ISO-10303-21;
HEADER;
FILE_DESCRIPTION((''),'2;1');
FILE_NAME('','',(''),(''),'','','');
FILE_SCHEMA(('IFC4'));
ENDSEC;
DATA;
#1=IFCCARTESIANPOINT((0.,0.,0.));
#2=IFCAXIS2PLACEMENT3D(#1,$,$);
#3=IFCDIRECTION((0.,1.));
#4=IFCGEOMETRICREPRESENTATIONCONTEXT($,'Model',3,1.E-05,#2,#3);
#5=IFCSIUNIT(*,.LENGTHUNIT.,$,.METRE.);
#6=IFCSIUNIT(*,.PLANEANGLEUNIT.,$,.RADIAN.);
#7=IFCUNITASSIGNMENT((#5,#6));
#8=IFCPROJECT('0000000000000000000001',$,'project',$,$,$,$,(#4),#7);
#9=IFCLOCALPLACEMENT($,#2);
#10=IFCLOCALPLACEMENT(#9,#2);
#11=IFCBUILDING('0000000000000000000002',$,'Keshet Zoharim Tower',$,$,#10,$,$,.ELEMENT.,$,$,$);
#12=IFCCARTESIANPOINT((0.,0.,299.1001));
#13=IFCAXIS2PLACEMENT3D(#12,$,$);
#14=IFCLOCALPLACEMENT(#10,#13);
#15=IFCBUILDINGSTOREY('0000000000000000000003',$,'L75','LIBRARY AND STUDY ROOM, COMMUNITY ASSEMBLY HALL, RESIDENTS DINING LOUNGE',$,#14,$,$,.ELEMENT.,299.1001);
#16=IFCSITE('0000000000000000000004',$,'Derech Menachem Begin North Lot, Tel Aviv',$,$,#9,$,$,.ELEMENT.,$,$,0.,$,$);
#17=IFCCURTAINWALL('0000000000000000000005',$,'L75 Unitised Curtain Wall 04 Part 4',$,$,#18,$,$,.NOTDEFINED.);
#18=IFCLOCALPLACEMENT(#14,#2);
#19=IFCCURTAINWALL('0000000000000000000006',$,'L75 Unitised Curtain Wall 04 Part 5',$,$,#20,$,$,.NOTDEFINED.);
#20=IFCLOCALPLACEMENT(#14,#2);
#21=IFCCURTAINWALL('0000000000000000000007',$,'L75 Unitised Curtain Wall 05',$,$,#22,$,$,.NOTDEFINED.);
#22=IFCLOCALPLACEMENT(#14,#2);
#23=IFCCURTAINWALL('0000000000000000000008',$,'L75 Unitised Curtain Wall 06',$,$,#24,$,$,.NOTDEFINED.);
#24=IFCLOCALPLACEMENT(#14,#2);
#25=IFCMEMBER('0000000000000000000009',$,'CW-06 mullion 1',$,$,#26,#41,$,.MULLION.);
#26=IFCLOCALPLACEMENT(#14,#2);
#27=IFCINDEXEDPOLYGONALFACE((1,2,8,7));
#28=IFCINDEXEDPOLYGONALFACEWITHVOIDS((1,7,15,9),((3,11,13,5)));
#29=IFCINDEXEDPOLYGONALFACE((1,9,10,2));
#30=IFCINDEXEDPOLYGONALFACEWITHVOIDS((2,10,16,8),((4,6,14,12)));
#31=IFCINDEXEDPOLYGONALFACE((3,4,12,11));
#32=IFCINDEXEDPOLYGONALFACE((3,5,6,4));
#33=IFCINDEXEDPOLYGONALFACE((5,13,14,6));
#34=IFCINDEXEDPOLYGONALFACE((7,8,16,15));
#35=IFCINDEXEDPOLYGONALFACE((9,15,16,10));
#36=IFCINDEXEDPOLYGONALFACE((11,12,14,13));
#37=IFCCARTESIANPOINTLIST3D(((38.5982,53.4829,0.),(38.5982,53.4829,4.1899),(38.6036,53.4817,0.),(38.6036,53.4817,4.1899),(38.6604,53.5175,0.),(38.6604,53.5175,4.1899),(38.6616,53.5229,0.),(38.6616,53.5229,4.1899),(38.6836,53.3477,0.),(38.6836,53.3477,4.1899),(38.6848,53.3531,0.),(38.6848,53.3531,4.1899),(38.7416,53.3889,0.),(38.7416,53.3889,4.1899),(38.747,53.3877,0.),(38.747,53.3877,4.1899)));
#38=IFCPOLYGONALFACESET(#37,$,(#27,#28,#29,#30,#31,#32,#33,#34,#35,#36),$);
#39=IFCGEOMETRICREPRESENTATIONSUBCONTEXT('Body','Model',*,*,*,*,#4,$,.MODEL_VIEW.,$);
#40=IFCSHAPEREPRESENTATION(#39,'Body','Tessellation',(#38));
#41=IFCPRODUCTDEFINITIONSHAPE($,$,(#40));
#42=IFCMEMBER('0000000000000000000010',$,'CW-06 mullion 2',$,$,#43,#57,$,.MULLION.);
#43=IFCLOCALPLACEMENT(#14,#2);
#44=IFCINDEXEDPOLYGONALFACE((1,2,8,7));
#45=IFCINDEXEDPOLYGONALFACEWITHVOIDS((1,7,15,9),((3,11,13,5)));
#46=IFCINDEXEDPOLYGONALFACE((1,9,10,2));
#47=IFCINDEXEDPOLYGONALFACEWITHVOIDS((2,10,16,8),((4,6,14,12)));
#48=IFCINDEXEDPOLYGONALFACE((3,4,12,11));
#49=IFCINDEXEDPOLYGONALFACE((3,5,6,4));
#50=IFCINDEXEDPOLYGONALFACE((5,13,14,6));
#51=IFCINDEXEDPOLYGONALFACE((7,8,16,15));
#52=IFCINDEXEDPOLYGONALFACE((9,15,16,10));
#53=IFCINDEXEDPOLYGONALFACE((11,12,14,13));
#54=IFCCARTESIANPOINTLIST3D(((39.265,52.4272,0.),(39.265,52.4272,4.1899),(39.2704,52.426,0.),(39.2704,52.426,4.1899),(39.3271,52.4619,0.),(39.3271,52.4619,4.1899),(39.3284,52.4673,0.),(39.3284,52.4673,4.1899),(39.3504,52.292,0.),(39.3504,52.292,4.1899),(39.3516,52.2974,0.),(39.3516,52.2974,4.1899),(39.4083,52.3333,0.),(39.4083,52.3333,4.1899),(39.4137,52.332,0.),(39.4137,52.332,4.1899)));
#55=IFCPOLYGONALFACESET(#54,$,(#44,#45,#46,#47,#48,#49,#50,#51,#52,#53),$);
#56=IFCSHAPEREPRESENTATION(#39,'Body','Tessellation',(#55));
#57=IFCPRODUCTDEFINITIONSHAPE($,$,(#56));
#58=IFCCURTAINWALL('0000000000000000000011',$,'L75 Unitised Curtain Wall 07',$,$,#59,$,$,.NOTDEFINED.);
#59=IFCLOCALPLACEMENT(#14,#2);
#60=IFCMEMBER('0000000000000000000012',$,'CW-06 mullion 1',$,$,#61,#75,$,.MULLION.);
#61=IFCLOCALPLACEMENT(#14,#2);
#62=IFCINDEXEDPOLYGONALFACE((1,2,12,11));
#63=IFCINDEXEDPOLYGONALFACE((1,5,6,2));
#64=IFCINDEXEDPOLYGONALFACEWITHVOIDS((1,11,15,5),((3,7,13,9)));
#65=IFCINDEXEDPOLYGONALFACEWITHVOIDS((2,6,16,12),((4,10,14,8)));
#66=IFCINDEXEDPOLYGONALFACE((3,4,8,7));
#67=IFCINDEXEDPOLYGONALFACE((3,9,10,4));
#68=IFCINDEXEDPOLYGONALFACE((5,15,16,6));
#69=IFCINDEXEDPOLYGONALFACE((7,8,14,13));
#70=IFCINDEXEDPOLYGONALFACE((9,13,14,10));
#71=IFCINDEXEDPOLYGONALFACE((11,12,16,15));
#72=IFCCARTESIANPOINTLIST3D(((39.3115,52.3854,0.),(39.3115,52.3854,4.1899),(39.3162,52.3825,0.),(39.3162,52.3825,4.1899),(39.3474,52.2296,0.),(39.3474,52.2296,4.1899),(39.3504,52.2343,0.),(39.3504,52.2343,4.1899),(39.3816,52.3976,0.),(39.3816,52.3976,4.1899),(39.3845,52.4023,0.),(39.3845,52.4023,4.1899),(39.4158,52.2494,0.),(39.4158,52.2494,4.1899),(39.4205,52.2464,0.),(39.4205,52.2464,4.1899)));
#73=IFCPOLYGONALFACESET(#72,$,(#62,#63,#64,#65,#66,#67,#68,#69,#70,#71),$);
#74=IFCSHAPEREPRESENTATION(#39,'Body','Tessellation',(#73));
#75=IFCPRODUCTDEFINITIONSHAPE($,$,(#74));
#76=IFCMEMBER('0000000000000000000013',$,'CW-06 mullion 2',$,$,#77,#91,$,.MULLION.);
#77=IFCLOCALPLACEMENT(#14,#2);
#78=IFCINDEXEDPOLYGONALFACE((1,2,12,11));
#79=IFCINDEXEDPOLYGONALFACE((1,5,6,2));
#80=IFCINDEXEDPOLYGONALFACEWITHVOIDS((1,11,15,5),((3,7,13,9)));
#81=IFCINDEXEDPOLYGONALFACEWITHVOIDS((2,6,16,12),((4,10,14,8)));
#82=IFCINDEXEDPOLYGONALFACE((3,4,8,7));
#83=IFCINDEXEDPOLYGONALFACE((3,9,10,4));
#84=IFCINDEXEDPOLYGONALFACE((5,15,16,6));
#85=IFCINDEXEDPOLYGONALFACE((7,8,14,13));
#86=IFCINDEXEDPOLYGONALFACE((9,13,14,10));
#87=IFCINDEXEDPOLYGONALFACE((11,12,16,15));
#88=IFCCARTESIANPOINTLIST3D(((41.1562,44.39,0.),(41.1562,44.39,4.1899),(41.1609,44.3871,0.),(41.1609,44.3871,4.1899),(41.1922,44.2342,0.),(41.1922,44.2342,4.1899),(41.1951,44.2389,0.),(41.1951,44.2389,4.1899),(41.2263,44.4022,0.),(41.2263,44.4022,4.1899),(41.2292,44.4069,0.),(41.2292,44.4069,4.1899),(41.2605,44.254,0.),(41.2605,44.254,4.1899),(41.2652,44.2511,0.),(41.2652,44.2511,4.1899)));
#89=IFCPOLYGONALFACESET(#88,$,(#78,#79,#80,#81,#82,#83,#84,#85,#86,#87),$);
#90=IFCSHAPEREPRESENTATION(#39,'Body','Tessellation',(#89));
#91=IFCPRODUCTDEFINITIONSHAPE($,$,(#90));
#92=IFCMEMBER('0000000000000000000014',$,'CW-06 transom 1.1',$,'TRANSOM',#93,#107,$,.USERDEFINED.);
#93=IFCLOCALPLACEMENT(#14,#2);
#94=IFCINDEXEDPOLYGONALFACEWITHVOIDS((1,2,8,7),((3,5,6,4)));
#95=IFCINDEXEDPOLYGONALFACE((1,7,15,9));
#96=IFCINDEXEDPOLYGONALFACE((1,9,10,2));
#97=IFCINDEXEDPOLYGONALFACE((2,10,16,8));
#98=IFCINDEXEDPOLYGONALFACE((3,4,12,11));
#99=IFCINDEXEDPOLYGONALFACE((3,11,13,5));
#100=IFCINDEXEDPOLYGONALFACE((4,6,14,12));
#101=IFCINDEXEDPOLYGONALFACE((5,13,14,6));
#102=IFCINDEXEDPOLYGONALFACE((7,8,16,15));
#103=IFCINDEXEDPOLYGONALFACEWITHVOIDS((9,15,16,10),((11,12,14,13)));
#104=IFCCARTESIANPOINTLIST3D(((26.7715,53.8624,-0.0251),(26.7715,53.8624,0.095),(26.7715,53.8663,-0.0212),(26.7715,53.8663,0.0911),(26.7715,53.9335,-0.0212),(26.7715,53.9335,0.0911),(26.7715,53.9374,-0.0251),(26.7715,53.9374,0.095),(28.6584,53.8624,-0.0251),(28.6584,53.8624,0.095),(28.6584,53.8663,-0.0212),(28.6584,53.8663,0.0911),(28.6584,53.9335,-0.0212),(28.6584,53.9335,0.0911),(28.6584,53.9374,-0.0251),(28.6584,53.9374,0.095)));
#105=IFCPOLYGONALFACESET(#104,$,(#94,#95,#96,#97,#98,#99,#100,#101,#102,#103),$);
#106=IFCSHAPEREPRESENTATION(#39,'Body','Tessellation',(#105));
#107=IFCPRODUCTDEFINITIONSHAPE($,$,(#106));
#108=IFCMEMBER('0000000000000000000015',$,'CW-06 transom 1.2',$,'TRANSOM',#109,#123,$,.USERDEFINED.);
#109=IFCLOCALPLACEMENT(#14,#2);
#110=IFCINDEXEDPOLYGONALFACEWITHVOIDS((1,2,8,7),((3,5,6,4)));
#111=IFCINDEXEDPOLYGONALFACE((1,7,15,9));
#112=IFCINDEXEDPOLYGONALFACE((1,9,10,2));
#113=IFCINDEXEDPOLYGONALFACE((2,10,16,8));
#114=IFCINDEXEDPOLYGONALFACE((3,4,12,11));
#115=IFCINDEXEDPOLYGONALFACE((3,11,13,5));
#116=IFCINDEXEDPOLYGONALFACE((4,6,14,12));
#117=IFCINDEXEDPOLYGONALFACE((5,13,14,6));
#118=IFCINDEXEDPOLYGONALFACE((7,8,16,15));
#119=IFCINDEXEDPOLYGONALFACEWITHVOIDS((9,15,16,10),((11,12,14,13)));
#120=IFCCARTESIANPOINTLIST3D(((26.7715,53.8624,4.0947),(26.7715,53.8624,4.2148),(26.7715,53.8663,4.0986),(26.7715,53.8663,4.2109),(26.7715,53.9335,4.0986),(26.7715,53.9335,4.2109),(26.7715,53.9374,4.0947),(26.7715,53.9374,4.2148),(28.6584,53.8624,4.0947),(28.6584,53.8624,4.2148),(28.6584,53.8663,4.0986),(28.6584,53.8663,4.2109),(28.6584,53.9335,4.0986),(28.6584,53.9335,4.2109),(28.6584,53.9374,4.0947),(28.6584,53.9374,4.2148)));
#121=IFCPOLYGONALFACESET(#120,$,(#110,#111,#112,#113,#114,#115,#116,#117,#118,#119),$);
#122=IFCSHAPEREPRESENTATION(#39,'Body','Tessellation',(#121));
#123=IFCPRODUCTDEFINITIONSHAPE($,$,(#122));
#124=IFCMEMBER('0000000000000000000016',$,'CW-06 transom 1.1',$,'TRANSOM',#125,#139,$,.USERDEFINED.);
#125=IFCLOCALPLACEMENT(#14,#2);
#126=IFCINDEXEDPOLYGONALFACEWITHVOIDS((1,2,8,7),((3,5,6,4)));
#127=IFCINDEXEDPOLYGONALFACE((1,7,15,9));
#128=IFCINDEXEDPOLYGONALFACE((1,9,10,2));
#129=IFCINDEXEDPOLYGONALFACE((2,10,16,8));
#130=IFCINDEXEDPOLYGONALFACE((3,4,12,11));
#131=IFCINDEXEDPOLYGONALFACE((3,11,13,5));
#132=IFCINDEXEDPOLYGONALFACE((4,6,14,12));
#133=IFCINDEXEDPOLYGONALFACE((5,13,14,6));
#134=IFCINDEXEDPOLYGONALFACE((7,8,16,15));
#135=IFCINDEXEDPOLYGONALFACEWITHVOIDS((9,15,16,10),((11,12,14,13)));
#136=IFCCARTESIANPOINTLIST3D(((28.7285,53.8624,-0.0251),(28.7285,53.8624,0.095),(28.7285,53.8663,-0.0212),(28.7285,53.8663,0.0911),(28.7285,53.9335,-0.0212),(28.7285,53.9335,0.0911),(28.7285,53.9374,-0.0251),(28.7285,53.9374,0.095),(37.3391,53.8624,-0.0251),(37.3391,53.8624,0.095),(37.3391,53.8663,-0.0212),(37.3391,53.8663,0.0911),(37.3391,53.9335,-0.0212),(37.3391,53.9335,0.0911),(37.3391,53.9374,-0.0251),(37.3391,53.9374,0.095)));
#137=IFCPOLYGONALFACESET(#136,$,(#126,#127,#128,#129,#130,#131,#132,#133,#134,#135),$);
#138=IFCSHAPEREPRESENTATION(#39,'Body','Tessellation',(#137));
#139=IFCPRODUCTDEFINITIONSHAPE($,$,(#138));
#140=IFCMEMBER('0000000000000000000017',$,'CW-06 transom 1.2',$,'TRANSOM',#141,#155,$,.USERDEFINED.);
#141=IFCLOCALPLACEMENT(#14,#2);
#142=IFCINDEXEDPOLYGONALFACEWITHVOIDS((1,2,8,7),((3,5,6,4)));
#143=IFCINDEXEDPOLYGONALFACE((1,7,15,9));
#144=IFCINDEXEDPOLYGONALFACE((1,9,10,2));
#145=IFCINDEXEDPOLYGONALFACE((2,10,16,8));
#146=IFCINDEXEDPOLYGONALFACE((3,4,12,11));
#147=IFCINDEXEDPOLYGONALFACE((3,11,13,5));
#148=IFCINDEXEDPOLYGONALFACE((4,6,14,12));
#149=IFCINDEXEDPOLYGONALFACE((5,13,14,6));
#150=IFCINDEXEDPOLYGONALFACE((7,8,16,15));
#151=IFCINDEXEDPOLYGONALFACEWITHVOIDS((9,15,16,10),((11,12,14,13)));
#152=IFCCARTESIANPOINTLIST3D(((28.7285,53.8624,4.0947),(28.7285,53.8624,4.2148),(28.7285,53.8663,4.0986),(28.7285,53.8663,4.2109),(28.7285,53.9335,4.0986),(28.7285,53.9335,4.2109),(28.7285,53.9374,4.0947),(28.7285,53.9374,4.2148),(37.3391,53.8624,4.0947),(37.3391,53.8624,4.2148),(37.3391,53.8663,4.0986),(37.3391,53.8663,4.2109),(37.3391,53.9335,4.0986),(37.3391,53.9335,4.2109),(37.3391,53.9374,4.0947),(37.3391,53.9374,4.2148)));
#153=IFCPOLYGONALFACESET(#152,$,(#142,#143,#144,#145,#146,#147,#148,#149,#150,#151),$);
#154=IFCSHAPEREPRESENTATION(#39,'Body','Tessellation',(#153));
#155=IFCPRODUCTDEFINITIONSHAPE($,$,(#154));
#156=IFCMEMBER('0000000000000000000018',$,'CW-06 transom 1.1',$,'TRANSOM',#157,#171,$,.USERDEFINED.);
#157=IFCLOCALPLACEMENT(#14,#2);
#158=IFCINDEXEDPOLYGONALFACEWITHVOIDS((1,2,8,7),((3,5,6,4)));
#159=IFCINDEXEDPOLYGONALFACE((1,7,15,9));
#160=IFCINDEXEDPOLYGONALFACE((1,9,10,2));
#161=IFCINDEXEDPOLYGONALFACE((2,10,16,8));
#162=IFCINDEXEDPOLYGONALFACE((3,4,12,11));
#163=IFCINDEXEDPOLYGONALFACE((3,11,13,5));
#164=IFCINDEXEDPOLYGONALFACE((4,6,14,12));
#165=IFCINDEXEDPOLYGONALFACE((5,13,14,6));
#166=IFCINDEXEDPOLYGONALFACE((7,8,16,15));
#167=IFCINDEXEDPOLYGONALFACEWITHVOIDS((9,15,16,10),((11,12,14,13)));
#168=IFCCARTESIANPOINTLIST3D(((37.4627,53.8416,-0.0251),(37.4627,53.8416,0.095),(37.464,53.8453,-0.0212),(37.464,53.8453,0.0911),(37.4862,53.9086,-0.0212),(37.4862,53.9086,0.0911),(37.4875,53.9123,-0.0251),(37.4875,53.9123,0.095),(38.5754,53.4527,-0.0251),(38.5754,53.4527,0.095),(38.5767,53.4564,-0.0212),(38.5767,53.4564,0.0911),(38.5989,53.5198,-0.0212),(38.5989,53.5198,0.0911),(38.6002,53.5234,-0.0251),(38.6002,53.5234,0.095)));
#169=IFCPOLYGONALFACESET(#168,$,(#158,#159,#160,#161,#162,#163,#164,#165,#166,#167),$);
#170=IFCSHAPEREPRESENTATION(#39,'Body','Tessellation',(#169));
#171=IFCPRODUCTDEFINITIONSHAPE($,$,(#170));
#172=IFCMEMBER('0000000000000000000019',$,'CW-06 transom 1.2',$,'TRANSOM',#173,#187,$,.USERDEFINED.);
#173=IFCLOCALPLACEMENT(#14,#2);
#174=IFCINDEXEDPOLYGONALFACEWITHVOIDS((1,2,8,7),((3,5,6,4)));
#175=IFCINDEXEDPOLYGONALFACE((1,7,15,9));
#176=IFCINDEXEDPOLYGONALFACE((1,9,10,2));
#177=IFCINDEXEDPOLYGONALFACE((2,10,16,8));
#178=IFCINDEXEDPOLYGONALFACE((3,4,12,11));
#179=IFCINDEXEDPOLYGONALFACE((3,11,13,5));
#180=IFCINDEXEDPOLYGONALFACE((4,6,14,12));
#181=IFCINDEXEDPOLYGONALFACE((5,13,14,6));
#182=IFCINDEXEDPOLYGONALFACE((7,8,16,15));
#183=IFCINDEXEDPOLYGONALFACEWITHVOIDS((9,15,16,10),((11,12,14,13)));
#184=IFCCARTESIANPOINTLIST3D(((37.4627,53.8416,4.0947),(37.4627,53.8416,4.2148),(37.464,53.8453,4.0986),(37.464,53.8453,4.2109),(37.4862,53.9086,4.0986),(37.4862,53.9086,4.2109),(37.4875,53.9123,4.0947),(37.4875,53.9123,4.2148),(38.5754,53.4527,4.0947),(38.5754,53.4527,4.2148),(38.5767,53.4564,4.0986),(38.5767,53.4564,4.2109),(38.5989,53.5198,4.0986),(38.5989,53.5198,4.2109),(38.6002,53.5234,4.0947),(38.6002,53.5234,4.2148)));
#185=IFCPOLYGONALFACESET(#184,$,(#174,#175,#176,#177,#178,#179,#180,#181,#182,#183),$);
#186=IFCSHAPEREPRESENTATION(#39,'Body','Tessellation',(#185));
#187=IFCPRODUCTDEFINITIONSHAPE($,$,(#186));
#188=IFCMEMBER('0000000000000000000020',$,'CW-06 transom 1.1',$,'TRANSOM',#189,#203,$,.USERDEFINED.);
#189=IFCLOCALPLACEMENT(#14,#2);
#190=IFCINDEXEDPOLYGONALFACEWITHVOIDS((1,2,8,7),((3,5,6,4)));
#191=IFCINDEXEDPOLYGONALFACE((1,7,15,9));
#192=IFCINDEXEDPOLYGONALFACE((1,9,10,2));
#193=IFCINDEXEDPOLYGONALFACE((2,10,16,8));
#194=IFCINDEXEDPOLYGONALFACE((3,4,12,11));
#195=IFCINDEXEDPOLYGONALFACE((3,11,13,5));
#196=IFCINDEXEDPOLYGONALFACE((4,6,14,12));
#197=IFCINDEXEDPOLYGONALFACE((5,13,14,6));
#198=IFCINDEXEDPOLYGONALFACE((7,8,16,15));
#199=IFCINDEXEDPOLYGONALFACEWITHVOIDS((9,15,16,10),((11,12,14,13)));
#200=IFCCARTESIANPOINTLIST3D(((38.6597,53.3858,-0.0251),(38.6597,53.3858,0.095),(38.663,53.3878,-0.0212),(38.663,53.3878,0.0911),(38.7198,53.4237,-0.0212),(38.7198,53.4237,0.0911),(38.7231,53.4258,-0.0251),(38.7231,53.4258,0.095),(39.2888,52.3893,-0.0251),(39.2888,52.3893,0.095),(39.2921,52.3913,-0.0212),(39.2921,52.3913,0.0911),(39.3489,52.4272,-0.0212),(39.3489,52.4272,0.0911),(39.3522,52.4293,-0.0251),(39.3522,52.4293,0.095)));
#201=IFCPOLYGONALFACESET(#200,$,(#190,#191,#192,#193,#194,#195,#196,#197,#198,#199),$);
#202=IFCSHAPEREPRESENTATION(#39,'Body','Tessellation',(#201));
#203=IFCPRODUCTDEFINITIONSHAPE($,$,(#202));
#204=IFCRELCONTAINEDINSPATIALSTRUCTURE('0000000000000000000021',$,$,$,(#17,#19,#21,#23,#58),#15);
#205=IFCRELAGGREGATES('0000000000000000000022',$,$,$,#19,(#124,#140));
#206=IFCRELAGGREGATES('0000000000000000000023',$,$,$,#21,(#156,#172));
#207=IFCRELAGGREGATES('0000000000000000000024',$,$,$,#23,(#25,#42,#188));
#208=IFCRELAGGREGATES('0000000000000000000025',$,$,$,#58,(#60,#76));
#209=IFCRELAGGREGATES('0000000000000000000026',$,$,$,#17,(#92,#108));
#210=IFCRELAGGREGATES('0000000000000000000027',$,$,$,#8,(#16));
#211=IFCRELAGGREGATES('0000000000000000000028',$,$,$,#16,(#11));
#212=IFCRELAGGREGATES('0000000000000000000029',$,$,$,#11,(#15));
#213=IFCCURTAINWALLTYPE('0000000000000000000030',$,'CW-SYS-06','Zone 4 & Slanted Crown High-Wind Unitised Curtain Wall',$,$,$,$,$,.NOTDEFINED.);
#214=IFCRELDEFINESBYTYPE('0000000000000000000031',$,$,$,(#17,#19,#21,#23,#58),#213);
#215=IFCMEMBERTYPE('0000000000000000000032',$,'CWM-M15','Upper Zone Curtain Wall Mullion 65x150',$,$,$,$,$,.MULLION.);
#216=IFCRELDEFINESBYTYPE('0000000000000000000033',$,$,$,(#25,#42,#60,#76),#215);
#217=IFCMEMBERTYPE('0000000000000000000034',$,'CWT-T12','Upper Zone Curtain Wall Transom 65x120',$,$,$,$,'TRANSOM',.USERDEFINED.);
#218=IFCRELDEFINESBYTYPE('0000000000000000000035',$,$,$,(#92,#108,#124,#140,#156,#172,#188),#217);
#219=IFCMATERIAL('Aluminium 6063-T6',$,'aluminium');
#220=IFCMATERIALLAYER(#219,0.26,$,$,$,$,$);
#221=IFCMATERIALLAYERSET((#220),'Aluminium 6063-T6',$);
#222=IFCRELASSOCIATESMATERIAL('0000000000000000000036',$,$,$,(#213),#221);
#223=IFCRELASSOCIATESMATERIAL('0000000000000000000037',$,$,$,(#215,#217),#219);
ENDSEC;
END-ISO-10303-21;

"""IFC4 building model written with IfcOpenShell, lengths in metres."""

from ifc_helpers import new_model, si_unit, direction, frame, origin, origin_2d, place, context, subcontext, project, spatial, hollow_rectangle, extrude, material, layer, layer_set, material_profile, profile_set, type_object, element, aggregate, save


model = new_model("IFC4")

# Units and contexts
model_context = context("Model", 3, precision=1e-05, world=origin(), true_north=direction((0.0, 1.0)))
body_context = subcontext(model_context, "Body", "Model", "MODEL_VIEW")
ifc_project = project(units=[si_unit("LENGTHUNIT", "METRE"), si_unit("PLANEANGLEUNIT", "RADIAN")], contexts=[model_context])

# Site, building, storey
site_placement = place(None, origin())
site = spatial("IfcSite", under=ifc_project, at=site_placement, Name="Derech Menachem Begin North Lot, Tel Aviv", CompositionType="ELEMENT", RefElevation=0.0)
building_placement = place(site_placement, origin())
building = spatial("IfcBuilding", under=site, at=building_placement, Name="Keshet Zoharim Tower", CompositionType="ELEMENT")
storey_placement = place(building_placement, frame((0.0, 0.0, 299.1001)))
storey = spatial("IfcBuildingStorey", under=building, at=storey_placement, Name="L75", Description="LIBRARY AND STUDY ROOM, COMMUNITY ASSEMBLY HALL, RESIDENTS DINING LOUNGE", CompositionType="ELEMENT", Elevation=299.1001)

# Curtain walls
ifc_material_1 = material(Name="Aluminium 6063-T6", Category="aluminium")
ifc_layer_1 = layer(ifc_material_1, 0.26)
ifc_layer_set_1 = layer_set([ifc_layer_1], Name="Aluminium 6063-T6")
curtain_wall_type = type_object("IfcCurtainWallType", Name="CW-SYS-06", Description="Zone 4 & Slanted Crown High-Wind Unitised Curtain Wall", PredefinedType="NOTDEFINED", material=ifc_layer_set_1)
ifc_material_profile_1 = material_profile(ifc_material_1, hollow_rectangle(XDim=0.075, YDim=0.1599, WallThickness=0.0039, at=origin_2d()), Name="MUL-75x160")
ifc_profile_set_1 = profile_set([ifc_material_profile_1], Name="Aluminium 6063-T6")
member_type_1 = type_object("IfcMemberType", Name="CWM-M15", Description="Upper Zone Curtain Wall Mullion 65x150", PredefinedType="MULLION", material=ifc_profile_set_1)
curtain_wall_1_placement = place(storey_placement, origin())
curtain_wall_1 = element("IfcCurtainWall", 1, at=curtain_wall_1_placement, inside=storey, type_object=curtain_wall_type, Name="L75 Unitised Curtain Wall 04 Part 4", PredefinedType="NOTDEFINED")
curtain_wall_2_placement = place(storey_placement, origin())
curtain_wall_2 = element("IfcCurtainWall", 2, at=curtain_wall_2_placement, inside=storey, type_object=curtain_wall_type, Name="L75 Unitised Curtain Wall 04 Part 5", PredefinedType="NOTDEFINED")

# Curtain walls, members
curtain_wall_3_placement = place(storey_placement, origin())
curtain_wall_3 = element("IfcCurtainWall", 3, at=curtain_wall_3_placement, inside=storey, type_object=curtain_wall_type, Name="L75 Unitised Curtain Wall 05", PredefinedType="NOTDEFINED")
curtain_wall_4_placement = place(storey_placement, origin())
curtain_wall_4 = element("IfcCurtainWall", 4, at=curtain_wall_4_placement, inside=storey, type_object=curtain_wall_type, Name="L75 Unitised Curtain Wall 06", PredefinedType="NOTDEFINED")
member_1_placement = place(storey_placement, frame((38.6726, 53.4353, 0.0), z_axis=(0.0, 0.0, 1.0), x_axis=(0.845561, 0.533879, 0.0)))
member_1 = element("IfcMember", 5, at=member_1_placement, type_object=member_type_1, Name="CW-06 mullion 1", PredefinedType="MULLION", context=body_context, shape_type="SweptSolid", body=[
    extrude(hollow_rectangle(XDim=0.075, YDim=0.1599, WallThickness=0.0039, at=origin_2d()), origin(), (0.0, 0.0, 1.0), 4.1899),
])
member_2_placement = place(storey_placement, frame((39.3394, 52.3796, 0.0), z_axis=(0.0, 0.0, 1.0), x_axis=(0.845561, 0.533879, 0.0)))
member_2 = element("IfcMember", 6, at=member_2_placement, type_object=member_type_1, Name="CW-06 mullion 2", PredefinedType="MULLION", context=body_context, shape_type="SweptSolid", body=[
    extrude(hollow_rectangle(XDim=0.075, YDim=0.1599, WallThickness=0.0039, at=origin_2d()), origin(), (0.0, 0.0, 1.0), 4.1899),
])
curtain_wall_5_placement = place(storey_placement, origin())
curtain_wall_5 = element("IfcCurtainWall", 7, at=curtain_wall_5_placement, inside=storey, type_object=curtain_wall_type, Name="L75 Unitised Curtain Wall 07", PredefinedType="NOTDEFINED")
member_3_placement = place(storey_placement, frame((39.366, 52.3159, 0.0), z_axis=(0.0, 0.0, 1.0), x_axis=(0.974398, 0.22483, 0.0)))
member_3 = element("IfcMember", 8, at=member_3_placement, type_object=member_type_1, Name="CW-06 mullion 1", PredefinedType="MULLION", context=body_context, shape_type="SweptSolid", body=[
    extrude(hollow_rectangle(XDim=0.075, YDim=0.1599, WallThickness=0.0039, at=origin_2d()), origin(), (0.0, 0.0, 1.0), 4.1899),
])
member_4_placement = place(storey_placement, frame((41.2107, 44.3206, 0.0), z_axis=(0.0, 0.0, 1.0), x_axis=(0.974398, 0.22483, 0.0)))
member_4 = element("IfcMember", 9, at=member_4_placement, type_object=member_type_1, Name="CW-06 mullion 2", PredefinedType="MULLION", context=body_context, shape_type="SweptSolid", body=[
    extrude(hollow_rectangle(XDim=0.075, YDim=0.1599, WallThickness=0.0039, at=origin_2d()), origin(), (0.0, 0.0, 1.0), 4.1899),
])

# Members
ifc_material_profile_2 = material_profile(ifc_material_1, hollow_rectangle(XDim=0.075, YDim=0.1201, WallThickness=0.0039, at=origin_2d()), Name="TRN-75x120")
ifc_profile_set_2 = profile_set([ifc_material_profile_2], Name="Aluminium 6063-T6")
member_type_2 = type_object("IfcMemberType", Name="CWT-T12", Description="Upper Zone Curtain Wall Transom 65x120", ElementType="TRANSOM", PredefinedType="USERDEFINED", material=ifc_profile_set_2)
member_5_placement = place(storey_placement, frame((26.7715, 53.8999, 0.0349), z_axis=(1.0, 0.0, 0.0), x_axis=(0.0, 1.0, 0.0)))
member_5 = element("IfcMember", 10, at=member_5_placement, type_object=member_type_2, Name="CW-06 transom 1.1", ObjectType="TRANSOM", PredefinedType="USERDEFINED", context=body_context, shape_type="SweptSolid", body=[
    extrude(hollow_rectangle(XDim=0.075, YDim=0.1201, WallThickness=0.0039, at=origin_2d()), origin(), (0.0, 0.0, 1.0), 1.887),
])
member_6_placement = place(storey_placement, frame((26.7715, 53.8999, 4.1548), z_axis=(1.0, 0.0, 0.0), x_axis=(0.0, 1.0, 0.0)))
member_6 = element("IfcMember", 11, at=member_6_placement, type_object=member_type_2, Name="CW-06 transom 1.2", ObjectType="TRANSOM", PredefinedType="USERDEFINED", context=body_context, shape_type="SweptSolid", body=[
    extrude(hollow_rectangle(XDim=0.075, YDim=0.1201, WallThickness=0.0039, at=origin_2d()), origin(), (0.0, 0.0, 1.0), 1.887),
])
member_7_placement = place(storey_placement, frame((28.7285, 53.8999, 0.0349), z_axis=(1.0, 0.0, 0.0), x_axis=(0.0, 1.0, 0.0)))
member_7 = element("IfcMember", 12, at=member_7_placement, type_object=member_type_2, Name="CW-06 transom 1.1", ObjectType="TRANSOM", PredefinedType="USERDEFINED", context=body_context, shape_type="SweptSolid", body=[
    extrude(hollow_rectangle(XDim=0.075, YDim=0.1201, WallThickness=0.0039, at=origin_2d()), origin(), (0.0, 0.0, 1.0), 8.6106),
])
member_8_placement = place(storey_placement, frame((28.7285, 53.8999, 4.1548), z_axis=(1.0, 0.0, 0.0), x_axis=(0.0, 1.0, 0.0)))
member_8 = element("IfcMember", 13, at=member_8_placement, type_object=member_type_2, Name="CW-06 transom 1.2", ObjectType="TRANSOM", PredefinedType="USERDEFINED", context=body_context, shape_type="SweptSolid", body=[
    extrude(hollow_rectangle(XDim=0.075, YDim=0.1201, WallThickness=0.0039, at=origin_2d()), origin(), (0.0, 0.0, 1.0), 8.6106),
])
member_9_placement = place(storey_placement, frame((37.4751, 53.877, 0.0349), z_axis=(0.944007, -0.329926, 0.0), x_axis=(0.329926, 0.944007, 0.0)))
member_9 = element("IfcMember", 14, at=member_9_placement, type_object=member_type_2, Name="CW-06 transom 1.1", ObjectType="TRANSOM", PredefinedType="USERDEFINED", context=body_context, shape_type="SweptSolid", body=[
    extrude(hollow_rectangle(XDim=0.075, YDim=0.1201, WallThickness=0.0039, at=origin_2d()), origin(), (0.0, 0.0, 1.0), 1.1787),
])
member_10_placement = place(storey_placement, frame((37.4751, 53.877, 4.1548), z_axis=(0.944007, -0.329926, 0.0), x_axis=(0.329926, 0.944007, 0.0)))
member_10 = element("IfcMember", 15, at=member_10_placement, type_object=member_type_2, Name="CW-06 transom 1.2", ObjectType="TRANSOM", PredefinedType="USERDEFINED", context=body_context, shape_type="SweptSolid", body=[
    extrude(hollow_rectangle(XDim=0.075, YDim=0.1201, WallThickness=0.0039, at=origin_2d()), origin(), (0.0, 0.0, 1.0), 1.1787),
])
member_11_placement = place(storey_placement, frame((38.6914, 53.4058, 0.0349), z_axis=(0.533829, -0.845592, 0.0), x_axis=(0.845592, 0.533829, 0.0)))
member_11 = element("IfcMember", 16, at=member_11_placement, type_object=member_type_2, Name="CW-06 transom 1.1", ObjectType="TRANSOM", PredefinedType="USERDEFINED", context=body_context, shape_type="SweptSolid", body=[
    extrude(hollow_rectangle(XDim=0.075, YDim=0.1201, WallThickness=0.0039, at=origin_2d()), origin(), (0.0, 0.0, 1.0), 1.1785),
])

aggregate(curtain_wall_2, [member_7, member_8])
aggregate(curtain_wall_3, [member_9, member_10])
aggregate(curtain_wall_4, [member_1, member_2, member_11])
aggregate(curtain_wall_5, [member_3, member_4])
aggregate(curtain_wall_1, [member_5, member_6])

save(model, "model.ifc")
